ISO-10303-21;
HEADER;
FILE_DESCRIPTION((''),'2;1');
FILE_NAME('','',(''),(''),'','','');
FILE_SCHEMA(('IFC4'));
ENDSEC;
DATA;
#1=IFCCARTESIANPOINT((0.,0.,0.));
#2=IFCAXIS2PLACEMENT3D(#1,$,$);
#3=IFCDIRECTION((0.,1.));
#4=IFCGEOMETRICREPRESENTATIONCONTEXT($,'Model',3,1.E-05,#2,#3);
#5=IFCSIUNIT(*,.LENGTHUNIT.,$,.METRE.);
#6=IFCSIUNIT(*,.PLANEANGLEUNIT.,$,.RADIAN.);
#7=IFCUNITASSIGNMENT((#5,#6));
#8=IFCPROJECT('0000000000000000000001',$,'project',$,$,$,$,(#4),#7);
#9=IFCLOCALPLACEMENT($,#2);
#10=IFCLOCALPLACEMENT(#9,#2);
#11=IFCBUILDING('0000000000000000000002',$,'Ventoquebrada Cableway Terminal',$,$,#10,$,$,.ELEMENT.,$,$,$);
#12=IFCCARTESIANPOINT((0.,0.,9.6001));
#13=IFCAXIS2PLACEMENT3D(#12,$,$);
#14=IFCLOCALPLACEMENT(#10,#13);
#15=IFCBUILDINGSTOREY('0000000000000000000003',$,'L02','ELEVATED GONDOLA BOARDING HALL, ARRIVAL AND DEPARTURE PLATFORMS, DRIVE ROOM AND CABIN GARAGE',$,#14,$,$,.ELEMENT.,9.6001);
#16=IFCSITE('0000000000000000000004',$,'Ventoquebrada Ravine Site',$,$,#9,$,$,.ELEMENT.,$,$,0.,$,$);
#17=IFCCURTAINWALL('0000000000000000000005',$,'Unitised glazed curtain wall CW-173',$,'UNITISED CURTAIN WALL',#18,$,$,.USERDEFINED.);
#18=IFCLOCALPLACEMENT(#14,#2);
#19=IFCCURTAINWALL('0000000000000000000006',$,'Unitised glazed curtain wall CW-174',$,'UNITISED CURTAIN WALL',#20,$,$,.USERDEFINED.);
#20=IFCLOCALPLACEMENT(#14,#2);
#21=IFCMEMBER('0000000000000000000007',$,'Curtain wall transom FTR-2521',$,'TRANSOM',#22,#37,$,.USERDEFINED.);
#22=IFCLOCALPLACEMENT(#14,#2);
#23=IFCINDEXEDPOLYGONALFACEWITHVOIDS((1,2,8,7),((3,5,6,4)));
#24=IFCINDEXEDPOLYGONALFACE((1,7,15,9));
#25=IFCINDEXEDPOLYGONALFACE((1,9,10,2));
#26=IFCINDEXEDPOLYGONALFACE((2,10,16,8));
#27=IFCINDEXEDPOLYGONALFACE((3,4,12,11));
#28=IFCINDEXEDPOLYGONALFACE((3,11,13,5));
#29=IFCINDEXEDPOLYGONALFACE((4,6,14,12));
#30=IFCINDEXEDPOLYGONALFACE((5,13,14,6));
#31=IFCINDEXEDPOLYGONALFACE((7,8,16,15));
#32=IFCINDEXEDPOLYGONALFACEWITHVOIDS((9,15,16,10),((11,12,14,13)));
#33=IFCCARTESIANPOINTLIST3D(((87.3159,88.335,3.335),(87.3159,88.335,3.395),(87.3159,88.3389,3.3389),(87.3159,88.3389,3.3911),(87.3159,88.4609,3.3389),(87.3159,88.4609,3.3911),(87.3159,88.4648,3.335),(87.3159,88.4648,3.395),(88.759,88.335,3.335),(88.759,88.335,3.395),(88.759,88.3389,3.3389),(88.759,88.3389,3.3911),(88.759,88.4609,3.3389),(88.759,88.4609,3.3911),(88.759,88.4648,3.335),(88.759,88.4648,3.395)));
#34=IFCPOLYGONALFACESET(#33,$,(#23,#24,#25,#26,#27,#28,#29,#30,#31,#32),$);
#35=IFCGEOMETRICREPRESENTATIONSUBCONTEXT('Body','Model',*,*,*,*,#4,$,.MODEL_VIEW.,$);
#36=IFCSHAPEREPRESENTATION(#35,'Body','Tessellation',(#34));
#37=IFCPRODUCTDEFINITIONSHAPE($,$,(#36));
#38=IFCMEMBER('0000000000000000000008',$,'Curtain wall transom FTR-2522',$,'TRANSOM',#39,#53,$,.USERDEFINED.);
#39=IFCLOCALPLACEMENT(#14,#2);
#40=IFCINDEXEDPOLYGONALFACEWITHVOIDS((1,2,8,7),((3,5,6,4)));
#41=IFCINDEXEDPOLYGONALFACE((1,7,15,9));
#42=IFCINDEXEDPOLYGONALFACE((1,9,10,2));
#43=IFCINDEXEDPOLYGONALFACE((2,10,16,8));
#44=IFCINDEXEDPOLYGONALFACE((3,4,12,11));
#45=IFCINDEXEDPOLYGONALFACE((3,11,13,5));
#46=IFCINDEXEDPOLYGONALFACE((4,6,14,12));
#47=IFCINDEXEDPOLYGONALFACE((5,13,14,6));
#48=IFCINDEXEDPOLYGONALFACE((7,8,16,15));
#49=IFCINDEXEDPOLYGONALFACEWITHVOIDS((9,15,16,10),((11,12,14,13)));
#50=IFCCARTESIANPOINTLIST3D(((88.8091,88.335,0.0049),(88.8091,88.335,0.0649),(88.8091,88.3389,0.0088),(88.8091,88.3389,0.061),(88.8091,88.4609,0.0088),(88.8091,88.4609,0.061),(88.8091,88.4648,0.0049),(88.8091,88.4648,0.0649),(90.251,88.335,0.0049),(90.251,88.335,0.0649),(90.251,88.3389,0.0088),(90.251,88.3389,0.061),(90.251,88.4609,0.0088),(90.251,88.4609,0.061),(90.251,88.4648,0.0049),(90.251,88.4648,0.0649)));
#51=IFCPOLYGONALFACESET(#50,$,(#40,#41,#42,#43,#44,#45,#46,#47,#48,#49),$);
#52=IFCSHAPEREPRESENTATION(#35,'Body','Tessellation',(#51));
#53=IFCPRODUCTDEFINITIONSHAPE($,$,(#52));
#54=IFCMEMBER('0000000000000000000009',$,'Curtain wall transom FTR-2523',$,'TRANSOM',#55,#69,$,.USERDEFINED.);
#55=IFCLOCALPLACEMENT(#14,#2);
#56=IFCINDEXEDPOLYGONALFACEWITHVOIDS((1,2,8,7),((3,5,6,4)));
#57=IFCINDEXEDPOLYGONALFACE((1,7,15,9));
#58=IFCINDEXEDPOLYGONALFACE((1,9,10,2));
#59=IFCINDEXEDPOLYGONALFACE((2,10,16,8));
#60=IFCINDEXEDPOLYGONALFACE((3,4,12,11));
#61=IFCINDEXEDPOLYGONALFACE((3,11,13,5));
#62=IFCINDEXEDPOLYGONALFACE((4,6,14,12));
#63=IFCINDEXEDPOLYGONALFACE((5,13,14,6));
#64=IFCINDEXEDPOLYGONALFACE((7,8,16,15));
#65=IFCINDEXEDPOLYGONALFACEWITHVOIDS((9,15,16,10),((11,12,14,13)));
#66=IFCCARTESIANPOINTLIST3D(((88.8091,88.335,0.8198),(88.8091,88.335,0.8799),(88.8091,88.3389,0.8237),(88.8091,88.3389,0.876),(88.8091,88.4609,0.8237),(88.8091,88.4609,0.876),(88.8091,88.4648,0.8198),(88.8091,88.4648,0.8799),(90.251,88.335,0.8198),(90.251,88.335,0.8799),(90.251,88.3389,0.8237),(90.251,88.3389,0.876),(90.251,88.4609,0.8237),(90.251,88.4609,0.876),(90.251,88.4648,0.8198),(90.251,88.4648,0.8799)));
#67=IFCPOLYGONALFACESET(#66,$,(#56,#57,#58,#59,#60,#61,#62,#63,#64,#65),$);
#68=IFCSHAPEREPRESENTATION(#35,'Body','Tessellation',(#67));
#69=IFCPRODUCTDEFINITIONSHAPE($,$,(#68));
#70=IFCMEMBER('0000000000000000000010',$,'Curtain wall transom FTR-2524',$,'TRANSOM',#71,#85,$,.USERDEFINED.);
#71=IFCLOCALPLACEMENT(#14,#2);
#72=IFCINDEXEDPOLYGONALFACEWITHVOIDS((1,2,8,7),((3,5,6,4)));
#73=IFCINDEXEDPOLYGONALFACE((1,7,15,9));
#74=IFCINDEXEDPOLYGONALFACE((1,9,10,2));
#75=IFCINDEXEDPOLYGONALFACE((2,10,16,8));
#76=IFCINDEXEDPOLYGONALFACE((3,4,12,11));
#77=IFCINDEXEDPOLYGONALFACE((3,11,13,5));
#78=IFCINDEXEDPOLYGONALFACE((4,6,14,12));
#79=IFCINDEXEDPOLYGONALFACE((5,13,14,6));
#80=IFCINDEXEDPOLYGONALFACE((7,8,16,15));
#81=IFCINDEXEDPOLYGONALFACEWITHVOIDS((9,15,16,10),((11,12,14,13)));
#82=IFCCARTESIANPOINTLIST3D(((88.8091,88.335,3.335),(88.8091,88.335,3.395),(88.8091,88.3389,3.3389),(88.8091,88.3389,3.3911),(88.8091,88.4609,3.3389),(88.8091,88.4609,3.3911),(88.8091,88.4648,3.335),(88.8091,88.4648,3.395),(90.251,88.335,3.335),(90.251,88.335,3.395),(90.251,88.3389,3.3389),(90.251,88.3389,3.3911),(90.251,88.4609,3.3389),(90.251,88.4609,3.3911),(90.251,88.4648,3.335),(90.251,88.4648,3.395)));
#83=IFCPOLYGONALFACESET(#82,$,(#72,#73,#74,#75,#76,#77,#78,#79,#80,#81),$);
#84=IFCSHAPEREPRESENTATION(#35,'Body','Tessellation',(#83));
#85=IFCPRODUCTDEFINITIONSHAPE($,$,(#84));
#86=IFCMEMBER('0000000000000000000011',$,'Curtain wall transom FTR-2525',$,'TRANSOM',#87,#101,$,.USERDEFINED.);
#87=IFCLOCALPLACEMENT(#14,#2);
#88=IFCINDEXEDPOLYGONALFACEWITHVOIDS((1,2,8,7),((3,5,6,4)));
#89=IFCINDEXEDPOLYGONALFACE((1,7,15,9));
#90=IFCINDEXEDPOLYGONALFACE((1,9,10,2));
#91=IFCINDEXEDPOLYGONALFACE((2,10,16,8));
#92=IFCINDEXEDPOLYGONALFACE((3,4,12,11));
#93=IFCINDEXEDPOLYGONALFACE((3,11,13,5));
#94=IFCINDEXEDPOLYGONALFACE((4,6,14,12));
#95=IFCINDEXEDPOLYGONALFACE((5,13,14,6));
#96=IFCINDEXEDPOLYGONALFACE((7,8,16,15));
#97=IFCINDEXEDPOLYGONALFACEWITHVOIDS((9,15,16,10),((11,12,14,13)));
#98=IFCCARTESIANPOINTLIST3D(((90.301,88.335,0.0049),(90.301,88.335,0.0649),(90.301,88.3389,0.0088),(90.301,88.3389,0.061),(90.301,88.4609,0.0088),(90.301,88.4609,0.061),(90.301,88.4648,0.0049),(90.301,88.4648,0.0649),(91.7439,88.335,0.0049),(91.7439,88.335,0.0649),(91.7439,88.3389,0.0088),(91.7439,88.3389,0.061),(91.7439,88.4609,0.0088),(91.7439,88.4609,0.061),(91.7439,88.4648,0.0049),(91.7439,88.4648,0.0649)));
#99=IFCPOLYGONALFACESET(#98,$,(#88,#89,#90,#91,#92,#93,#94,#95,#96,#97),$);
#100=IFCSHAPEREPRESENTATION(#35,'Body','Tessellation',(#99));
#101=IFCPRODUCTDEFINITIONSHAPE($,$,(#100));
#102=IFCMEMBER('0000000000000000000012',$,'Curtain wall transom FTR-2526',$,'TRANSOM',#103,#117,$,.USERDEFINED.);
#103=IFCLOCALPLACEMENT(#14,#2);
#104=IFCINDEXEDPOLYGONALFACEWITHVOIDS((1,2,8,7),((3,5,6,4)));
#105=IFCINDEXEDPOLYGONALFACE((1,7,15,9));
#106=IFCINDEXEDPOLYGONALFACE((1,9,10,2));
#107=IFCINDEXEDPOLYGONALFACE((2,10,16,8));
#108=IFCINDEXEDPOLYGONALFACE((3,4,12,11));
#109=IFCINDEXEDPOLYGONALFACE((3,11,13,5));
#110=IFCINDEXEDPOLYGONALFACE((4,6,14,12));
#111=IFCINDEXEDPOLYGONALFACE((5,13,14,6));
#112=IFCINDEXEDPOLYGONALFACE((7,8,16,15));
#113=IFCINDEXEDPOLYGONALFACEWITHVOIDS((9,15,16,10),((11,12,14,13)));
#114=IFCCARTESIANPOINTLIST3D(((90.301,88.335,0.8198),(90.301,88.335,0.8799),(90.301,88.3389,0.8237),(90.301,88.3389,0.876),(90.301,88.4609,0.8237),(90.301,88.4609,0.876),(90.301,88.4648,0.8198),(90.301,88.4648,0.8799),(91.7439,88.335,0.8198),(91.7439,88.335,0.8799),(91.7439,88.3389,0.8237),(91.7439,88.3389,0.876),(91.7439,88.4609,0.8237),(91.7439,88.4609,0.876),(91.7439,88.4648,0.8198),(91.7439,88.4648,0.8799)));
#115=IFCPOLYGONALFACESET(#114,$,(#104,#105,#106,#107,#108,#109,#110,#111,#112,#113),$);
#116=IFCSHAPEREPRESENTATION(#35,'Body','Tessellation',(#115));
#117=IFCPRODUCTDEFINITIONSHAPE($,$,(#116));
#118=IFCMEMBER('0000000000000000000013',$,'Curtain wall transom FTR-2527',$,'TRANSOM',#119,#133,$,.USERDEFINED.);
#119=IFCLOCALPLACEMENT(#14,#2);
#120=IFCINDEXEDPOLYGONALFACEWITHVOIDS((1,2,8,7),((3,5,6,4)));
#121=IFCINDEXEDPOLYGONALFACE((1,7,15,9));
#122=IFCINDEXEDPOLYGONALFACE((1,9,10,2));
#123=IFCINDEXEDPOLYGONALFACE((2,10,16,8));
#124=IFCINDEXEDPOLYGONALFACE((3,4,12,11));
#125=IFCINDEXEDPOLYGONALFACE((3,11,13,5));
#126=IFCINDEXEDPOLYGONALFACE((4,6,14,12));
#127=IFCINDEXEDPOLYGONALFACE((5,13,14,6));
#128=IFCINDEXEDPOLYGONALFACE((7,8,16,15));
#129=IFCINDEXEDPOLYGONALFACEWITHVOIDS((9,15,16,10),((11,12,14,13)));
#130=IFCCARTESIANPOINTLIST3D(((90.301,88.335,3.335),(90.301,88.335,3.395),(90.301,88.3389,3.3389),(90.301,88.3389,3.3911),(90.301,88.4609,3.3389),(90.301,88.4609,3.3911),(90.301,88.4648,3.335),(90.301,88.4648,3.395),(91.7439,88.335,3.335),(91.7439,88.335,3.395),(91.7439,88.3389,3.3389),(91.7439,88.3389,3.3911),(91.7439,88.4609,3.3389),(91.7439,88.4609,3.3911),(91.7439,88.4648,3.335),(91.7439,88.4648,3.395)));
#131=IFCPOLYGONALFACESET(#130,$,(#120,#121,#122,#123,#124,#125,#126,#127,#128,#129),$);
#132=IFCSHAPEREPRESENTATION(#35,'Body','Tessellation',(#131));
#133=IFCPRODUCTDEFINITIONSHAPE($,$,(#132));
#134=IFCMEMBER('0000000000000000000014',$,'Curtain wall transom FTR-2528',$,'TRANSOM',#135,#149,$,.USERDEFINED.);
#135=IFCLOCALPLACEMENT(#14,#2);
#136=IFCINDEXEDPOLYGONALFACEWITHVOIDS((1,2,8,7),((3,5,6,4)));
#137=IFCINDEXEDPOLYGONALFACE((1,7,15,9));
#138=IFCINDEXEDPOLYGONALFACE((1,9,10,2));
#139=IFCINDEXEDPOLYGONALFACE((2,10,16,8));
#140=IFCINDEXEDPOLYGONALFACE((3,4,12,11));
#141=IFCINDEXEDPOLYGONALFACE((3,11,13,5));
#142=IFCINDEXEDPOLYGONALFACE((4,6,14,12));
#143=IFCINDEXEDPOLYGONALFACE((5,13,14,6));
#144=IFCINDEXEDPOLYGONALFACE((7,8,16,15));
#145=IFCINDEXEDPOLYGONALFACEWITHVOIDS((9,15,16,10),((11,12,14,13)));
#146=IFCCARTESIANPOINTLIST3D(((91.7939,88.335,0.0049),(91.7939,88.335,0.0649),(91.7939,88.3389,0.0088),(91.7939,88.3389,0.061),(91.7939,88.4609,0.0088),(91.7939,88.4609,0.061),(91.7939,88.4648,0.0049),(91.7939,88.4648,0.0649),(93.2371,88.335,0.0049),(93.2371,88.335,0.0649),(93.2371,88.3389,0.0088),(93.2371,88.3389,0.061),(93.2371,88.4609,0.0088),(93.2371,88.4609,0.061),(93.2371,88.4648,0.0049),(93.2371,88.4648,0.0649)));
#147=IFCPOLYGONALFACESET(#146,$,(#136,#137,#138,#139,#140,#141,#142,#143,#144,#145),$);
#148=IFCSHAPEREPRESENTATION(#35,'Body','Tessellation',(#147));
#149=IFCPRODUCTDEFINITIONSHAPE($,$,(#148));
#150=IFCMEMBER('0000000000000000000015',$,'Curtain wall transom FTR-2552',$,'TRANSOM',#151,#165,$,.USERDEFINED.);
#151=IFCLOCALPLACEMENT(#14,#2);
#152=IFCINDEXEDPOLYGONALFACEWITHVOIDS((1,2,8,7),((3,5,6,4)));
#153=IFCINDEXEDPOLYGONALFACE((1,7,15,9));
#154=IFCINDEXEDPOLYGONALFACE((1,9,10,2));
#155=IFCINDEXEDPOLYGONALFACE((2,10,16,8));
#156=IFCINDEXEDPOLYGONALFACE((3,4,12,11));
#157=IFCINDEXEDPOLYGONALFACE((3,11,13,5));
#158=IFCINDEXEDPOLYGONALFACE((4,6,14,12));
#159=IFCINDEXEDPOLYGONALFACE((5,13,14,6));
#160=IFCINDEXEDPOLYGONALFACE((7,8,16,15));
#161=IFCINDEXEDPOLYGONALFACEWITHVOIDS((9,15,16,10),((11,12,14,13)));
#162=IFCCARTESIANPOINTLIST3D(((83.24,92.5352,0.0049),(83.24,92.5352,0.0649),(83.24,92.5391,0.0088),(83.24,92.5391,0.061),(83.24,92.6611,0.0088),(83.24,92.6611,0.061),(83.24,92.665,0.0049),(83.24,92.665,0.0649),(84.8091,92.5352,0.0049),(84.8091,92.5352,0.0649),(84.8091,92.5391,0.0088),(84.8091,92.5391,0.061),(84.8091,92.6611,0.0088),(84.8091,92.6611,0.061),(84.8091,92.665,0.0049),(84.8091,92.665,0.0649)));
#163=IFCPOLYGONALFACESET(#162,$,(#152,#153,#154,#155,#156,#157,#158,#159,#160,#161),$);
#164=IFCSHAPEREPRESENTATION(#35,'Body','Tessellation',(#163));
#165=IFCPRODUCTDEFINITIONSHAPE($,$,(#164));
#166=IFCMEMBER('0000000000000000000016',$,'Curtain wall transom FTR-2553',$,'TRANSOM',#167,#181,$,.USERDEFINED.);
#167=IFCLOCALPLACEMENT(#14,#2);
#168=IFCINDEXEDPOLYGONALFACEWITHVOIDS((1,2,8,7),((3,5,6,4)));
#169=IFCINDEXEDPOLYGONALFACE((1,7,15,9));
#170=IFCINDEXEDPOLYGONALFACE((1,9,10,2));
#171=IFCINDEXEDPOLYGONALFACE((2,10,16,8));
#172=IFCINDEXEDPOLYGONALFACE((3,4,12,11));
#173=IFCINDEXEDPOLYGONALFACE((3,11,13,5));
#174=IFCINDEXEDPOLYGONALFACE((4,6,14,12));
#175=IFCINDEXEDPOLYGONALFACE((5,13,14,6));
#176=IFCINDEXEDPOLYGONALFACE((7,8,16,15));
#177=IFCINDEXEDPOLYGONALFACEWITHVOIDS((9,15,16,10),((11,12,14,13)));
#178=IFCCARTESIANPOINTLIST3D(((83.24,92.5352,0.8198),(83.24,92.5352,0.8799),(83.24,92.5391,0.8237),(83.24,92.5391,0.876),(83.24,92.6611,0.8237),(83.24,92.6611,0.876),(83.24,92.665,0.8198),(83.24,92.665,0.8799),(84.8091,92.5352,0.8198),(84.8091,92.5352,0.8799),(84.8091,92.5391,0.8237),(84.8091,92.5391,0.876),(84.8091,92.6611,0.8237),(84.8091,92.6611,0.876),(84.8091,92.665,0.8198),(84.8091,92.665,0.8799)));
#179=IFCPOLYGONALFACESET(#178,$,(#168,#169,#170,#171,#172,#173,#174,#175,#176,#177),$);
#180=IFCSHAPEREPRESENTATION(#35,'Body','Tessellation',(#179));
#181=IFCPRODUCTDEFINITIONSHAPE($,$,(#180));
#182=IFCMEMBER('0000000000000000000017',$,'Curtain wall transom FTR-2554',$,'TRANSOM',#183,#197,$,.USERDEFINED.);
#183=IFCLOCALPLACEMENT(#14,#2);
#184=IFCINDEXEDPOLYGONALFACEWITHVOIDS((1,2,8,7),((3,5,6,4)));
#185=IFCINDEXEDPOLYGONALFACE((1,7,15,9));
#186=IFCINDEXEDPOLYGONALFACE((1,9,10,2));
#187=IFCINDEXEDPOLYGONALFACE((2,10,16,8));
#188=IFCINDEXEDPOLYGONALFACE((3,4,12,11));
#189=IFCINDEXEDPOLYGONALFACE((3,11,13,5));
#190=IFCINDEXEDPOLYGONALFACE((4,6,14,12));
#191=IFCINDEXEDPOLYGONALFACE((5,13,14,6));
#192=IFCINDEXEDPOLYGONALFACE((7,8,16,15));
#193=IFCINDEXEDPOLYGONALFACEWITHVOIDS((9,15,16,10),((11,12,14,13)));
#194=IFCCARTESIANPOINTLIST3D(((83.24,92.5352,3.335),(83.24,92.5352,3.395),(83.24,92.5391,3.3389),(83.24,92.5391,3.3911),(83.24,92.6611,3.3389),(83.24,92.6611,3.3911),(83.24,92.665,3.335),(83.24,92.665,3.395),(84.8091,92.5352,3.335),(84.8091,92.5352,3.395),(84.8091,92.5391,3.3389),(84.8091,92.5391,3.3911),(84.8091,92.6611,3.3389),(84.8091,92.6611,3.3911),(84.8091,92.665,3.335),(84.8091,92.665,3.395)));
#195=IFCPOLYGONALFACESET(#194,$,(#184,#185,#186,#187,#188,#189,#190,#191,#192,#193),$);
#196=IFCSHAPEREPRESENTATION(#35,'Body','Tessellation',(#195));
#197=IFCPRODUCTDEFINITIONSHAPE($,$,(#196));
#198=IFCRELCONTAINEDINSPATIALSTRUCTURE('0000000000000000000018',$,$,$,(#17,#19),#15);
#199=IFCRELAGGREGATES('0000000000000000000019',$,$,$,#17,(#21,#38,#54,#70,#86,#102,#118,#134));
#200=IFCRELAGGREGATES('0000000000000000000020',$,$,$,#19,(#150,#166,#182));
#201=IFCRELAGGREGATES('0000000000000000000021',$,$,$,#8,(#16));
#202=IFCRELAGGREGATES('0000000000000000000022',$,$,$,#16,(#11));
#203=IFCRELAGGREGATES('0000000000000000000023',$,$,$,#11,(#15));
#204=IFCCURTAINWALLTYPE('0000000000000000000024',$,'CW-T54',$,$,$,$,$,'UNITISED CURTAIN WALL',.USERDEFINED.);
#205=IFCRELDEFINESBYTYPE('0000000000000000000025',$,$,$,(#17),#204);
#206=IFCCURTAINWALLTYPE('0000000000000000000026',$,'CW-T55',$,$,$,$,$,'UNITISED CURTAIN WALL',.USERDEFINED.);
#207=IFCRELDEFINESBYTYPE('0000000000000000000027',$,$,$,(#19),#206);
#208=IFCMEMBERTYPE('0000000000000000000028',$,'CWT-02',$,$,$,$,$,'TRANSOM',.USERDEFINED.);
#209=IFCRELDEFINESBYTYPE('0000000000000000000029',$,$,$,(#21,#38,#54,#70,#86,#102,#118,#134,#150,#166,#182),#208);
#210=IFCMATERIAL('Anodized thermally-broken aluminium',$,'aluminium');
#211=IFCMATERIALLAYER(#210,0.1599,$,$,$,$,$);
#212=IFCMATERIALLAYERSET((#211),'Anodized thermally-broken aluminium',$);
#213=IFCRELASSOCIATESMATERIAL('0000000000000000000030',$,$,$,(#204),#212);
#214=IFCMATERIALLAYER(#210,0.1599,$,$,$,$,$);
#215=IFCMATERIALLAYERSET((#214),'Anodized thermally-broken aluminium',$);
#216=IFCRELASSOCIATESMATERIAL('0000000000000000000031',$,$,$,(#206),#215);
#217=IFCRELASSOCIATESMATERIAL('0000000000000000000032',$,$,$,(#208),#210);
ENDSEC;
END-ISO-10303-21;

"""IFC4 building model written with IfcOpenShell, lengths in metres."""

from ifc_helpers import new_model, si_unit, direction, frame, origin, origin_2d, place, context, subcontext, project, spatial, hollow_rectangle, extrude, material, layer, layer_set, material_profile, profile_set, type_object, element, aggregate, save


model = new_model("IFC4")

# Units and contexts
model_context = context("Model", 3, precision=1e-05, world=origin(), true_north=direction((0.0, 1.0)))
body_context = subcontext(model_context, "Body", "Model", "MODEL_VIEW")
ifc_project = project(units=[si_unit("LENGTHUNIT", "METRE"), si_unit("PLANEANGLEUNIT", "RADIAN")], contexts=[model_context])

# Site, building, storey
site_placement = place(None, origin())
site = spatial("IfcSite", under=ifc_project, at=site_placement, Name="Ventoquebrada Ravine Site", CompositionType="ELEMENT", RefElevation=0.0)
building_placement = place(site_placement, origin())
building = spatial("IfcBuilding", under=site, at=building_placement, Name="Ventoquebrada Cableway Terminal", CompositionType="ELEMENT")
storey_placement = place(building_placement, frame((0.0, 0.0, 9.6001)))
storey = spatial("IfcBuildingStorey", under=building, at=storey_placement, Name="L02", Description="ELEVATED GONDOLA BOARDING HALL, ARRIVAL AND DEPARTURE PLATFORMS, DRIVE ROOM AND CABIN GARAGE", CompositionType="ELEMENT", Elevation=9.6001)

# Curtain walls
ifc_material_1 = material(Name="Anodized thermally-broken aluminium", Category="aluminium")
ifc_layer_1 = layer(ifc_material_1, 0.1599)
ifc_layer_set_1 = layer_set([ifc_layer_1], Name="Anodized thermally-broken aluminium")
curtain_wall_type_1 = type_object("IfcCurtainWallType", Name="CW-T54", ElementType="UNITISED CURTAIN WALL", PredefinedType="USERDEFINED", material=ifc_layer_set_1)
curtain_wall_1_placement = place(storey_placement, origin())
curtain_wall_1 = element("IfcCurtainWall", 1, at=curtain_wall_1_placement, inside=storey, type_object=curtain_wall_type_1, Name="Unitised glazed curtain wall CW-173", ObjectType="UNITISED CURTAIN WALL", PredefinedType="USERDEFINED")
ifc_layer_2 = layer(ifc_material_1, 0.1599)
ifc_layer_set_2 = layer_set([ifc_layer_2], Name="Anodized thermally-broken aluminium")
curtain_wall_type_2 = type_object("IfcCurtainWallType", Name="CW-T55", ElementType="UNITISED CURTAIN WALL", PredefinedType="USERDEFINED", material=ifc_layer_set_2)
curtain_wall_2_placement = place(storey_placement, origin())
curtain_wall_2 = element("IfcCurtainWall", 2, at=curtain_wall_2_placement, inside=storey, type_object=curtain_wall_type_2, Name="Unitised glazed curtain wall CW-174", ObjectType="UNITISED CURTAIN WALL", PredefinedType="USERDEFINED")

# Members
ifc_material_profile_1 = material_profile(ifc_material_1, hollow_rectangle(XDim=0.0601, YDim=0.1299, WallThickness=0.0039, at=origin_2d()), Name="CW-TRN-60X130")
ifc_profile_set_1 = profile_set([ifc_material_profile_1], Name="Anodized thermally-broken aluminium")
member_type_1 = type_object("IfcMemberType", Name="CWT-02", ElementType="TRANSOM", PredefinedType="USERDEFINED", material=ifc_profile_set_1)
member_1_placement = place(storey_placement, frame((87.3159, 88.3999, 3.365), z_axis=(1.0, 0.0, 0.0), x_axis=(0.0, 0.0, 1.0)))
member_1 = element("IfcMember", 3, at=member_1_placement, type_object=member_type_1, Name="Curtain wall transom FTR-2521", ObjectType="TRANSOM", PredefinedType="USERDEFINED", context=body_context, shape_type="SweptSolid", body=[
    extrude(hollow_rectangle(XDim=0.0601, YDim=0.1299, WallThickness=0.0039, at=origin_2d()), origin(), (0.0, 0.0, 1.0), 1.4431),
])
member_2_placement = place(storey_placement, frame((88.8091, 88.3999, 0.0349), z_axis=(1.0, 0.0, 0.0), x_axis=(0.0, 0.0, 1.0)))
member_2 = element("IfcMember", 4, at=member_2_placement, type_object=member_type_1, Name="Curtain wall transom FTR-2522", ObjectType="TRANSOM", PredefinedType="USERDEFINED", context=body_context, shape_type="SweptSolid", body=[
    extrude(hollow_rectangle(XDim=0.0601, YDim=0.1299, WallThickness=0.0039, at=origin_2d()), origin(), (0.0, 0.0, 1.0), 1.4419),
])
member_3_placement = place(storey_placement, frame((88.8091, 88.3999, 0.8499), z_axis=(1.0, 0.0, 0.0), x_axis=(0.0, 0.0, 1.0)))
member_3 = element("IfcMember", 5, at=member_3_placement, type_object=member_type_1, Name="Curtain wall transom FTR-2523", ObjectType="TRANSOM", PredefinedType="USERDEFINED", context=body_context, shape_type="SweptSolid", body=[
    extrude(hollow_rectangle(XDim=0.0601, YDim=0.1299, WallThickness=0.0039, at=origin_2d()), origin(), (0.0, 0.0, 1.0), 1.4419),
])
member_4_placement = place(storey_placement, frame((88.8091, 88.3999, 3.365), z_axis=(1.0, 0.0, 0.0), x_axis=(0.0, 0.0, 1.0)))
member_4 = element("IfcMember", 6, at=member_4_placement, type_object=member_type_1, Name="Curtain wall transom FTR-2524", ObjectType="TRANSOM", PredefinedType="USERDEFINED", context=body_context, shape_type="SweptSolid", body=[
    extrude(hollow_rectangle(XDim=0.0601, YDim=0.1299, WallThickness=0.0039, at=origin_2d()), origin(), (0.0, 0.0, 1.0), 1.4419),
])
member_5_placement = place(storey_placement, frame((90.301, 88.3999, 0.0349), z_axis=(1.0, 0.0, 0.0), x_axis=(0.0, 0.0, 1.0)))
member_5 = element("IfcMember", 7, at=member_5_placement, type_object=member_type_1, Name="Curtain wall transom FTR-2525", ObjectType="TRANSOM", PredefinedType="USERDEFINED", context=body_context, shape_type="SweptSolid", body=[
    extrude(hollow_rectangle(XDim=0.0601, YDim=0.1299, WallThickness=0.0039, at=origin_2d()), origin(), (0.0, 0.0, 1.0), 1.4429),
])
member_6_placement = place(storey_placement, frame((90.301, 88.3999, 0.8499), z_axis=(1.0, 0.0, 0.0), x_axis=(0.0, 0.0, 1.0)))
member_6 = element("IfcMember", 8, at=member_6_placement, type_object=member_type_1, Name="Curtain wall transom FTR-2526", ObjectType="TRANSOM", PredefinedType="USERDEFINED", context=body_context, shape_type="SweptSolid", body=[
    extrude(hollow_rectangle(XDim=0.0601, YDim=0.1299, WallThickness=0.0039, at=origin_2d()), origin(), (0.0, 0.0, 1.0), 1.4429),
])
member_7_placement = place(storey_placement, frame((90.301, 88.3999, 3.365), z_axis=(1.0, 0.0, 0.0), x_axis=(0.0, 0.0, 1.0)))
member_7 = element("IfcMember", 9, at=member_7_placement, type_object=member_type_1, Name="Curtain wall transom FTR-2527", ObjectType="TRANSOM", PredefinedType="USERDEFINED", context=body_context, shape_type="SweptSolid", body=[
    extrude(hollow_rectangle(XDim=0.0601, YDim=0.1299, WallThickness=0.0039, at=origin_2d()), origin(), (0.0, 0.0, 1.0), 1.4429),
])
member_8_placement = place(storey_placement, frame((91.7939, 88.3999, 0.0349), z_axis=(1.0, 0.0, 0.0), x_axis=(0.0, 0.0, 1.0)))
member_8 = element("IfcMember", 10, at=member_8_placement, type_object=member_type_1, Name="Curtain wall transom FTR-2528", ObjectType="TRANSOM", PredefinedType="USERDEFINED", context=body_context, shape_type="SweptSolid", body=[
    extrude(hollow_rectangle(XDim=0.0601, YDim=0.1299, WallThickness=0.0039, at=origin_2d()), origin(), (0.0, 0.0, 1.0), 1.4431),
])
member_9_placement = place(storey_placement, frame((84.8091, 92.6001, 0.0349), z_axis=(-1.0, 0.0, 0.0), x_axis=(0.0, 0.0, 1.0)))
member_9 = element("IfcMember", 11, at=member_9_placement, type_object=member_type_1, Name="Curtain wall transom FTR-2552", ObjectType="TRANSOM", PredefinedType="USERDEFINED", context=body_context, shape_type="SweptSolid", body=[
    extrude(hollow_rectangle(XDim=0.0601, YDim=0.1299, WallThickness=0.0039, at=origin_2d()), origin(), (0.0, 0.0, 1.0), 1.5691),
])
member_10_placement = place(storey_placement, frame((84.8091, 92.6001, 0.8499), z_axis=(-1.0, 0.0, 0.0), x_axis=(0.0, 0.0, 1.0)))
member_10 = element("IfcMember", 12, at=member_10_placement, type_object=member_type_1, Name="Curtain wall transom FTR-2553", ObjectType="TRANSOM", PredefinedType="USERDEFINED", context=body_context, shape_type="SweptSolid", body=[
    extrude(hollow_rectangle(XDim=0.0601, YDim=0.1299, WallThickness=0.0039, at=origin_2d()), origin(), (0.0, 0.0, 1.0), 1.5691),
])
member_11_placement = place(storey_placement, frame((84.8091, 92.6001, 3.365), z_axis=(-1.0, 0.0, 0.0), x_axis=(0.0, 0.0, 1.0)))
member_11 = element("IfcMember", 13, at=member_11_placement, type_object=member_type_1, Name="Curtain wall transom FTR-2554", ObjectType="TRANSOM", PredefinedType="USERDEFINED", context=body_context, shape_type="SweptSolid", body=[
    extrude(hollow_rectangle(XDim=0.0601, YDim=0.1299, WallThickness=0.0039, at=origin_2d()), origin(), (0.0, 0.0, 1.0), 1.5691),
])

aggregate(curtain_wall_1, [member_1, member_2, member_3, member_4, member_5, member_6, member_7, member_8])
aggregate(curtain_wall_2, [member_9, member_10, member_11])

save(model, "model.ifc")
